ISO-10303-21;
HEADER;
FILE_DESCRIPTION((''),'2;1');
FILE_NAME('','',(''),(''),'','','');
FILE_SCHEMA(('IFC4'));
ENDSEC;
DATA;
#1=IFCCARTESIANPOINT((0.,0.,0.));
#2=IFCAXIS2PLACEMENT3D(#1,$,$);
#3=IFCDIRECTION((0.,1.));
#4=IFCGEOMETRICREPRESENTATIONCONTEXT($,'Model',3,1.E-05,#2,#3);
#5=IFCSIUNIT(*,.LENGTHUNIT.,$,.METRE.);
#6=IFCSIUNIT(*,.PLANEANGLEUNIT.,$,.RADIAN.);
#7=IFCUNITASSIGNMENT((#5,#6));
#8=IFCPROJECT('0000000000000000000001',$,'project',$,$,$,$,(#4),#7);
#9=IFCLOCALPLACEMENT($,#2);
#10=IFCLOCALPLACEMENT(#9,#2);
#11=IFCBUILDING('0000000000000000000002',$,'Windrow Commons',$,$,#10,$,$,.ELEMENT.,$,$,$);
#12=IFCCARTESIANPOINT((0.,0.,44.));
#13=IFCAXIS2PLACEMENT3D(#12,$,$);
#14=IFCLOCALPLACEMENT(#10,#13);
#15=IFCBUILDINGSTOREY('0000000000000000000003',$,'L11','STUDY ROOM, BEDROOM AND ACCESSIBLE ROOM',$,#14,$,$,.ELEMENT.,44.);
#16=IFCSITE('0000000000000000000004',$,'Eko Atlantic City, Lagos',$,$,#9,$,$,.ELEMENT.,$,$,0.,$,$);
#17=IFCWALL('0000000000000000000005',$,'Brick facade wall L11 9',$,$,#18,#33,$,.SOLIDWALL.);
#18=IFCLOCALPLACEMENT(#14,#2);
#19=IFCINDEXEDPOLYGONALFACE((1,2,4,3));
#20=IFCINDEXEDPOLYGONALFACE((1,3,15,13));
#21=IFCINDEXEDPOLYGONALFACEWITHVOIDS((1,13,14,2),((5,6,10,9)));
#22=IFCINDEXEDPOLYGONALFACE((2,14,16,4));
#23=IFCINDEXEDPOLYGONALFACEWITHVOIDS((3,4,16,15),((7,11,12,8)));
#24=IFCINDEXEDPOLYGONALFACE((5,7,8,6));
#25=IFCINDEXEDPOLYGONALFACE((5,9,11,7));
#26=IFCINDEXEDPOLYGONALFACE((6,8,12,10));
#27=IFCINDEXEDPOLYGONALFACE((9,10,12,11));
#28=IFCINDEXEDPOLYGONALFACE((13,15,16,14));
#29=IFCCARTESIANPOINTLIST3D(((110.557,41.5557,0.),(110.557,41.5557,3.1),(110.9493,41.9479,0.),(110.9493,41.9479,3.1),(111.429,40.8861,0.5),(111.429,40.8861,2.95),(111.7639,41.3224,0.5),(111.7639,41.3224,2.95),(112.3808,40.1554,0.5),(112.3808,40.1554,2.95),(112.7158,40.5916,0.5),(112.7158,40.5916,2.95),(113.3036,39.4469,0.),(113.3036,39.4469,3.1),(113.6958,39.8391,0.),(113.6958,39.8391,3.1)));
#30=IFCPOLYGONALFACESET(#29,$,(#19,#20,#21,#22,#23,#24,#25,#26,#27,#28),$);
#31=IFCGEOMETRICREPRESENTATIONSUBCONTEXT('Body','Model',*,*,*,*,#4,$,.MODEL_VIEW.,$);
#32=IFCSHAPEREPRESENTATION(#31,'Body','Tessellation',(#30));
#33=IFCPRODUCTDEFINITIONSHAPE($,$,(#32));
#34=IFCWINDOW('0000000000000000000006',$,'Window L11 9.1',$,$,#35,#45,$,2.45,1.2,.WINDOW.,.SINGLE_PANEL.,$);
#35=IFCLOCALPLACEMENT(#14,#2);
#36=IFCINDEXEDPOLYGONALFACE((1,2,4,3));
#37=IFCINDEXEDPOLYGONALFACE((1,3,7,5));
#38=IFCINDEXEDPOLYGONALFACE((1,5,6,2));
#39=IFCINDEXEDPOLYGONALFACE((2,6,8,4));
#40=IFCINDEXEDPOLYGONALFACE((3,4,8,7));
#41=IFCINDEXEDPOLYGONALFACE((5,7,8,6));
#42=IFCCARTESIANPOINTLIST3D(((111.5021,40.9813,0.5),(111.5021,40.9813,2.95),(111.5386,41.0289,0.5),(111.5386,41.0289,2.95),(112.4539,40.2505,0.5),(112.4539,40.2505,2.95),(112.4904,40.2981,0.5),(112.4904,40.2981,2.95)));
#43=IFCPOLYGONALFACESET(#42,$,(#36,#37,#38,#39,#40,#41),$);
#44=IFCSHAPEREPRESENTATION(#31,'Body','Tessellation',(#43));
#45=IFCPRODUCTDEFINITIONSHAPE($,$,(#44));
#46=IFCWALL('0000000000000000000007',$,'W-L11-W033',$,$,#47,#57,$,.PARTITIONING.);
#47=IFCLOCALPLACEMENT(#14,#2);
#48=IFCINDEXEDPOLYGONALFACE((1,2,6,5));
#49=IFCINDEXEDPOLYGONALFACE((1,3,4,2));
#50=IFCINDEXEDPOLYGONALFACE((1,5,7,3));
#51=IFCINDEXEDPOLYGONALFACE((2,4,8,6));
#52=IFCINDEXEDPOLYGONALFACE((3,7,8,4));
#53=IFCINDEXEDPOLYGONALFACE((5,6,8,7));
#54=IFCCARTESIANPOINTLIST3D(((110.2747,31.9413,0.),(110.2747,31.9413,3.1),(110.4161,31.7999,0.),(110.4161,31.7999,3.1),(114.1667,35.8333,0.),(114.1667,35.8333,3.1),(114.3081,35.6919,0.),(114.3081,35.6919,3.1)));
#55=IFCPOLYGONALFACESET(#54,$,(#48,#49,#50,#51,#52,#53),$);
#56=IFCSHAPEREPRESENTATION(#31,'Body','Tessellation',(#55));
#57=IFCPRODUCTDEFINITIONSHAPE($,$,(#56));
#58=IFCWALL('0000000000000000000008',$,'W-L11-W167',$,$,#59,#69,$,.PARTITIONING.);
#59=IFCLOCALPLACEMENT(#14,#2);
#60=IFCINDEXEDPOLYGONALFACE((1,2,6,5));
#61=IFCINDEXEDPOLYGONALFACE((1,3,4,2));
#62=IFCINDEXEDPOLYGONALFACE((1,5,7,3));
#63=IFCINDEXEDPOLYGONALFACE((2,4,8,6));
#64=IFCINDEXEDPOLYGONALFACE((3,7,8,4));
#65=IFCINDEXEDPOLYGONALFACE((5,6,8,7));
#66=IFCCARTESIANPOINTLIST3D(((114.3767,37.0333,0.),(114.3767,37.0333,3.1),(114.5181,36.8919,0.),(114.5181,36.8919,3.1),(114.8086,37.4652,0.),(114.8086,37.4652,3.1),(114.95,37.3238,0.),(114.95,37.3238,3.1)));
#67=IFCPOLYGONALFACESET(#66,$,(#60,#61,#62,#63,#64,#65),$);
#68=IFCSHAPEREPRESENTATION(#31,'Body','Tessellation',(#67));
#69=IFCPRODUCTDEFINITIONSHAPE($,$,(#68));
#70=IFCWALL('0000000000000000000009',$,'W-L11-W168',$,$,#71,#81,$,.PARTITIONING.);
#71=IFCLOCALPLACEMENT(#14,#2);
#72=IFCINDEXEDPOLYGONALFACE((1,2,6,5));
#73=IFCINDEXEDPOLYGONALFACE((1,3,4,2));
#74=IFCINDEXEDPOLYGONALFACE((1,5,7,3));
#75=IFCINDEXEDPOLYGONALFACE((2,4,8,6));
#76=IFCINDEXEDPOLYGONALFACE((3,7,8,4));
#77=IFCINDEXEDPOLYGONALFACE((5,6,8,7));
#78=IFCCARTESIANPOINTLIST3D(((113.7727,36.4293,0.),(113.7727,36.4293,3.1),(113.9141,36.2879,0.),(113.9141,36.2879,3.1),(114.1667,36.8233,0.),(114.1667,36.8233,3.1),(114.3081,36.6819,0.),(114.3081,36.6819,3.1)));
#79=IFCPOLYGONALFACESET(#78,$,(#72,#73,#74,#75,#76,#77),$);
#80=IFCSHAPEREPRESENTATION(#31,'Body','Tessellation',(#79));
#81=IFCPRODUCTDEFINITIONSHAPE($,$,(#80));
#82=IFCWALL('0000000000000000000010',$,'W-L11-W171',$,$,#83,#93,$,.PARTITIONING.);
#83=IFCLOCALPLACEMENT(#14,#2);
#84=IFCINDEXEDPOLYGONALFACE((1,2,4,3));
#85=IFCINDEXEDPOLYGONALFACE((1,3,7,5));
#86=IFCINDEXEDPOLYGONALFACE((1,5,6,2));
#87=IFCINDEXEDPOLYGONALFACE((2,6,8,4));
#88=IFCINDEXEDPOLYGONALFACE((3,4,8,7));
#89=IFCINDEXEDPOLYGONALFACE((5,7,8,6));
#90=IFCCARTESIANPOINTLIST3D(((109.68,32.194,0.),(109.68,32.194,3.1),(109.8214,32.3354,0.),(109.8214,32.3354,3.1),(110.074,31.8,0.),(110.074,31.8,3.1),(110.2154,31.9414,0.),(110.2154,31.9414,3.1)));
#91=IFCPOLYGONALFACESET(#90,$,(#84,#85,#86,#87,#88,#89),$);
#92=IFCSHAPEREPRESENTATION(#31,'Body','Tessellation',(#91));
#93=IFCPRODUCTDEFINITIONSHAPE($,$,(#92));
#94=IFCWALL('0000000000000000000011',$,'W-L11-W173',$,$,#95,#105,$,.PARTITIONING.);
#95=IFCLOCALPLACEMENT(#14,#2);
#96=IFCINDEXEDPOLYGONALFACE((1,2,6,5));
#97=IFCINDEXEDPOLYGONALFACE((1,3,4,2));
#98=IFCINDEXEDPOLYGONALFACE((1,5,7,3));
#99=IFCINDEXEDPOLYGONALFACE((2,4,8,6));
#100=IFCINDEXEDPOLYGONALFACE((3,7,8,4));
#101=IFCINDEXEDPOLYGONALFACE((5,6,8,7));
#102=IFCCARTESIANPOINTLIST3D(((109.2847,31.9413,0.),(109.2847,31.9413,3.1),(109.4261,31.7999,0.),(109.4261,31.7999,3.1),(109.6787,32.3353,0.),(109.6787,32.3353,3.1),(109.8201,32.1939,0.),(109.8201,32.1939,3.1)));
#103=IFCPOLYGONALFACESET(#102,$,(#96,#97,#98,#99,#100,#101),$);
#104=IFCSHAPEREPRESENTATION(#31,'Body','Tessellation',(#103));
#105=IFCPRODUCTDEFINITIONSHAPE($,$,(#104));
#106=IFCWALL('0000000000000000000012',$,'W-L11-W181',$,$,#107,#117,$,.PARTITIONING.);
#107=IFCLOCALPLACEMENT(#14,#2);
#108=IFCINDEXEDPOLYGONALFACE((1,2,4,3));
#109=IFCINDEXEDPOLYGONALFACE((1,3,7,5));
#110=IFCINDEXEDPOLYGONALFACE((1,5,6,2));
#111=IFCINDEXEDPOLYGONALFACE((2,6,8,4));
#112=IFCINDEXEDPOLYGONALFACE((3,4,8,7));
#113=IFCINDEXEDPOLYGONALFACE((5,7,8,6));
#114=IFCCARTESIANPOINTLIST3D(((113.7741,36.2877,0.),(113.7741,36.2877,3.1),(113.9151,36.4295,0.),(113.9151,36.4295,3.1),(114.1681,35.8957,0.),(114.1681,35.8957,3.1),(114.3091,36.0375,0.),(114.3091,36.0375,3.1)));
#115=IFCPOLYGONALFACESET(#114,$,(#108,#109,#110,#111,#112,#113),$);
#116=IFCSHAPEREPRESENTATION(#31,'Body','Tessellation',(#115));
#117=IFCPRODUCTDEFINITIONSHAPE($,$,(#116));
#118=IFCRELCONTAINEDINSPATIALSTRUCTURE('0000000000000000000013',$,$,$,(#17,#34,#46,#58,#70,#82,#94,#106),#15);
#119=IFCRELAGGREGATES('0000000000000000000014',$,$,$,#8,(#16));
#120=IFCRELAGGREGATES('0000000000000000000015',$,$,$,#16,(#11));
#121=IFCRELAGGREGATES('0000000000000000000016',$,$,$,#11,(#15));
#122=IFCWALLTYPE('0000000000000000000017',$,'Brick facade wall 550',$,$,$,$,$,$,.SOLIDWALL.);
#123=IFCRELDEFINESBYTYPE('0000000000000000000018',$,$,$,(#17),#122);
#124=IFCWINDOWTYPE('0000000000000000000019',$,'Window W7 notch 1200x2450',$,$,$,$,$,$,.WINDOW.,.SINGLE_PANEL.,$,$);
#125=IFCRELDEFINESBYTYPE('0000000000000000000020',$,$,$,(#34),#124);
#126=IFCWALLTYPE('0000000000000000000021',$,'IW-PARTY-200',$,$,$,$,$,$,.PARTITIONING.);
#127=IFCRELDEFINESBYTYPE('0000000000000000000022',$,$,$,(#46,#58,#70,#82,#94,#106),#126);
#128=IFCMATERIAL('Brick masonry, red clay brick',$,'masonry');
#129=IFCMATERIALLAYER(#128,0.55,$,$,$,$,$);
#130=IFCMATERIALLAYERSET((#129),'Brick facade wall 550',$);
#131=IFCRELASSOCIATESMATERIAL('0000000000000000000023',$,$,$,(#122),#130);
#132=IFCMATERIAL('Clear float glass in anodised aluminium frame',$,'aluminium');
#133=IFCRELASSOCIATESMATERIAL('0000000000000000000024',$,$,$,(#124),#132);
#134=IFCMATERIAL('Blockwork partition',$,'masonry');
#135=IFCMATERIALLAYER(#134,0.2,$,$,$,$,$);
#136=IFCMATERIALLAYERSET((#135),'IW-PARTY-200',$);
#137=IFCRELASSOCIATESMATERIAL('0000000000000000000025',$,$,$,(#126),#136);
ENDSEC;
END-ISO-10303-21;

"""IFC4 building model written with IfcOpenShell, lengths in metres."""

from ifc_helpers import new_model, si_unit, direction, frame, frame_2d, origin, place, context, subcontext, project, spatial, polyline, rectangle, outline, extrude, material, layer, layer_set, type_object, element, fill, save


model = new_model("IFC4")

# Units and contexts
model_context = context("Model", 3, precision=1e-05, world=origin(), true_north=direction((0.0, 1.0)))
body_context = subcontext(model_context, "Body", "Model", "MODEL_VIEW")
ifc_project = project(units=[si_unit("LENGTHUNIT", "METRE"), si_unit("PLANEANGLEUNIT", "RADIAN")], contexts=[model_context])

# Site, building, storey
site_placement = place(None, origin())
site = spatial("IfcSite", under=ifc_project, at=site_placement, Name="Eko Atlantic City, Lagos", CompositionType="ELEMENT", RefElevation=0.0)
building_placement = place(site_placement, origin())
building = spatial("IfcBuilding", under=site, at=building_placement, Name="Windrow Commons", CompositionType="ELEMENT")
storey_placement = place(building_placement, frame((0.0, 0.0, 44.0)))
storey = spatial("IfcBuildingStorey", under=building, at=storey_placement, Name="L11", Description="STUDY ROOM, BEDROOM AND ACCESSIBLE ROOM", CompositionType="ELEMENT", Elevation=44.0)

# Wall, opening, window
ifc_material_1 = material(Name="Brick masonry, red clay brick", Category="masonry")
ifc_layer_1 = layer(ifc_material_1, 0.55)
ifc_layer_set_1 = layer_set([ifc_layer_1], Name="Brick facade wall 550")
wall_type_1 = type_object("IfcWallType", Name="Brick facade wall 550", PredefinedType="SOLIDWALL", material=ifc_layer_set_1)
ifc_material_2 = material(Name="Clear float glass in anodised aluminium frame", Category="aluminium")
window_type_1 = type_object("IfcWindowType", Name="Window W7 notch 1200x2450", PartitioningType="SINGLE_PANEL", PredefinedType="WINDOW", material=ifc_material_2)
wall_1_placement = place(storey_placement, frame((113.4997, 39.643, 0.0), z_axis=(0.0, 0.0, 1.0), x_axis=(-0.793178, 0.60899, 0.0)))
wall_1 = element("IfcWall", 1, at=wall_1_placement, inside=storey, type_object=wall_type_1, Name="Brick facade wall L11 9", PredefinedType="SOLIDWALL", context=body_context, shape_type="SweptSolid", body=[
    extrude(outline(polyline([(-0.0361, -0.275), (3.4266, -0.275), (3.4989, 0.275), (0.0361, 0.275), (-0.0361, -0.275)])), origin(), (0.0, 0.0, 1.0), 3.1),
])
opening_1_placement = place(wall_1_placement, frame((1.1995, 0.0, 0.5)))
opening_1 = element("IfcOpeningElement", 2, at=opening_1_placement, cuts=wall_1, PredefinedType="OPENING", context=body_context, shape_type="SweptSolid", body=[
    extrude(rectangle(XDim=1.2, YDim=2.45, at=frame_2d((0.6, 1.225))), frame((0.0, 0.285, 0.0), z_axis=(0.0, -1.0, 0.0), x_axis=(1.0, 0.0, 0.0)), (0.0, 0.0, 1.0), 0.57),
])
window_1_placement = place(opening_1_placement, origin())
window_1 = element("IfcWindow", 3, at=window_1_placement, inside=storey, type_object=window_type_1, Name="Window L11 9.1", OverallHeight=2.45, OverallWidth=1.2, PartitioningType="SINGLE_PANEL", PredefinedType="WINDOW", context=body_context, shape_type="SweptSolid", body=[
    extrude(rectangle(XDim=1.2, YDim=2.45, at=frame_2d((0.6, 1.225))), frame((0.0, 0.155, 0.0), z_axis=(0.0, -1.0, 0.0), x_axis=(1.0, 0.0, 0.0)), (0.0, 0.0, 1.0), 0.06),
])
fill(opening_1, window_1)

# Walls
ifc_material_3 = material(Name="Blockwork partition", Category="masonry")
ifc_layer_2 = layer(ifc_material_3, 0.2)
ifc_layer_set_2 = layer_set([ifc_layer_2], Name="IW-PARTY-200")
wall_type_2 = type_object("IfcWallType", Name="IW-PARTY-200", PredefinedType="PARTITIONING", material=ifc_layer_set_2)
wall_2_placement = place(storey_placement, frame((110.3454, 31.8706, 0.0), z_axis=(0.0, 0.0, 1.0), x_axis=(0.707107, 0.707107, 0.0)))
element("IfcWall", 4, at=wall_2_placement, inside=storey, type_object=wall_type_2, Name="W-L11-W033", PredefinedType="PARTITIONING", context=body_context, shape_type="SweptSolid", body=[
    extrude(rectangle(XDim=5.5041, YDim=0.2, at=frame_2d((2.7521, 0.0))), origin(), (0.0, 0.0, 1.0), 3.1),
])
wall_3_placement = place(storey_placement, frame((114.4474, 36.9626, 0.0), z_axis=(0.0, 0.0, 1.0), x_axis=(0.707107, 0.707107, 0.0)))
element("IfcWall", 5, at=wall_3_placement, inside=storey, type_object=wall_type_2, Name="W-L11-W167", PredefinedType="PARTITIONING", context=body_context, shape_type="SweptSolid", body=[
    extrude(rectangle(XDim=0.6108, YDim=0.2, at=frame_2d((0.3054, 0.0))), origin(), (0.0, 0.0, 1.0), 3.1),
])
for number, where, z_axis, x_axis, name in (
    (6, (113.8434, 36.3586, 0.0), (0.0, 0.0, 1.0), (0.707107, 0.707107, 0.0), "W-L11-W168"),
    (7, (109.7507, 32.2647, 0.0), (0.0, 0.0, 1.0), (0.707107, -0.707107, 0.0), "W-L11-W171"),
    (8, (109.3554, 31.8706, 0.0), (0.0, 0.0, 1.0), (0.707107, 0.707107, 0.0), "W-L11-W173"),
):
    element("IfcWall", number, at=place(storey_placement, frame(where, z_axis=z_axis, x_axis=x_axis)), inside=storey, type_object=wall_type_2, Name=name, PredefinedType="PARTITIONING", context=body_context, shape_type="SweptSolid", body=[
        extrude(rectangle(XDim=0.5572, YDim=0.2, at=frame_2d((0.2786, 0.0))), origin(), (0.0, 0.0, 1.0), 3.1),
    ])
wall_4_placement = place(storey_placement, frame((113.8446, 36.3586, 0.0), z_axis=(0.0, 0.0, 1.0), x_axis=(0.708904, -0.705305, 0.0)))
element("IfcWall", 9, at=wall_4_placement, inside=storey, type_object=wall_type_2, Name="W-L11-W181", PredefinedType="PARTITIONING", context=body_context, shape_type="SweptSolid", body=[
    extrude(rectangle(XDim=0.5558, YDim=0.2, at=frame_2d((0.2779, 0.0))), origin(), (0.0, 0.0, 1.0), 3.1),
])

save(model, "model.ifc")
